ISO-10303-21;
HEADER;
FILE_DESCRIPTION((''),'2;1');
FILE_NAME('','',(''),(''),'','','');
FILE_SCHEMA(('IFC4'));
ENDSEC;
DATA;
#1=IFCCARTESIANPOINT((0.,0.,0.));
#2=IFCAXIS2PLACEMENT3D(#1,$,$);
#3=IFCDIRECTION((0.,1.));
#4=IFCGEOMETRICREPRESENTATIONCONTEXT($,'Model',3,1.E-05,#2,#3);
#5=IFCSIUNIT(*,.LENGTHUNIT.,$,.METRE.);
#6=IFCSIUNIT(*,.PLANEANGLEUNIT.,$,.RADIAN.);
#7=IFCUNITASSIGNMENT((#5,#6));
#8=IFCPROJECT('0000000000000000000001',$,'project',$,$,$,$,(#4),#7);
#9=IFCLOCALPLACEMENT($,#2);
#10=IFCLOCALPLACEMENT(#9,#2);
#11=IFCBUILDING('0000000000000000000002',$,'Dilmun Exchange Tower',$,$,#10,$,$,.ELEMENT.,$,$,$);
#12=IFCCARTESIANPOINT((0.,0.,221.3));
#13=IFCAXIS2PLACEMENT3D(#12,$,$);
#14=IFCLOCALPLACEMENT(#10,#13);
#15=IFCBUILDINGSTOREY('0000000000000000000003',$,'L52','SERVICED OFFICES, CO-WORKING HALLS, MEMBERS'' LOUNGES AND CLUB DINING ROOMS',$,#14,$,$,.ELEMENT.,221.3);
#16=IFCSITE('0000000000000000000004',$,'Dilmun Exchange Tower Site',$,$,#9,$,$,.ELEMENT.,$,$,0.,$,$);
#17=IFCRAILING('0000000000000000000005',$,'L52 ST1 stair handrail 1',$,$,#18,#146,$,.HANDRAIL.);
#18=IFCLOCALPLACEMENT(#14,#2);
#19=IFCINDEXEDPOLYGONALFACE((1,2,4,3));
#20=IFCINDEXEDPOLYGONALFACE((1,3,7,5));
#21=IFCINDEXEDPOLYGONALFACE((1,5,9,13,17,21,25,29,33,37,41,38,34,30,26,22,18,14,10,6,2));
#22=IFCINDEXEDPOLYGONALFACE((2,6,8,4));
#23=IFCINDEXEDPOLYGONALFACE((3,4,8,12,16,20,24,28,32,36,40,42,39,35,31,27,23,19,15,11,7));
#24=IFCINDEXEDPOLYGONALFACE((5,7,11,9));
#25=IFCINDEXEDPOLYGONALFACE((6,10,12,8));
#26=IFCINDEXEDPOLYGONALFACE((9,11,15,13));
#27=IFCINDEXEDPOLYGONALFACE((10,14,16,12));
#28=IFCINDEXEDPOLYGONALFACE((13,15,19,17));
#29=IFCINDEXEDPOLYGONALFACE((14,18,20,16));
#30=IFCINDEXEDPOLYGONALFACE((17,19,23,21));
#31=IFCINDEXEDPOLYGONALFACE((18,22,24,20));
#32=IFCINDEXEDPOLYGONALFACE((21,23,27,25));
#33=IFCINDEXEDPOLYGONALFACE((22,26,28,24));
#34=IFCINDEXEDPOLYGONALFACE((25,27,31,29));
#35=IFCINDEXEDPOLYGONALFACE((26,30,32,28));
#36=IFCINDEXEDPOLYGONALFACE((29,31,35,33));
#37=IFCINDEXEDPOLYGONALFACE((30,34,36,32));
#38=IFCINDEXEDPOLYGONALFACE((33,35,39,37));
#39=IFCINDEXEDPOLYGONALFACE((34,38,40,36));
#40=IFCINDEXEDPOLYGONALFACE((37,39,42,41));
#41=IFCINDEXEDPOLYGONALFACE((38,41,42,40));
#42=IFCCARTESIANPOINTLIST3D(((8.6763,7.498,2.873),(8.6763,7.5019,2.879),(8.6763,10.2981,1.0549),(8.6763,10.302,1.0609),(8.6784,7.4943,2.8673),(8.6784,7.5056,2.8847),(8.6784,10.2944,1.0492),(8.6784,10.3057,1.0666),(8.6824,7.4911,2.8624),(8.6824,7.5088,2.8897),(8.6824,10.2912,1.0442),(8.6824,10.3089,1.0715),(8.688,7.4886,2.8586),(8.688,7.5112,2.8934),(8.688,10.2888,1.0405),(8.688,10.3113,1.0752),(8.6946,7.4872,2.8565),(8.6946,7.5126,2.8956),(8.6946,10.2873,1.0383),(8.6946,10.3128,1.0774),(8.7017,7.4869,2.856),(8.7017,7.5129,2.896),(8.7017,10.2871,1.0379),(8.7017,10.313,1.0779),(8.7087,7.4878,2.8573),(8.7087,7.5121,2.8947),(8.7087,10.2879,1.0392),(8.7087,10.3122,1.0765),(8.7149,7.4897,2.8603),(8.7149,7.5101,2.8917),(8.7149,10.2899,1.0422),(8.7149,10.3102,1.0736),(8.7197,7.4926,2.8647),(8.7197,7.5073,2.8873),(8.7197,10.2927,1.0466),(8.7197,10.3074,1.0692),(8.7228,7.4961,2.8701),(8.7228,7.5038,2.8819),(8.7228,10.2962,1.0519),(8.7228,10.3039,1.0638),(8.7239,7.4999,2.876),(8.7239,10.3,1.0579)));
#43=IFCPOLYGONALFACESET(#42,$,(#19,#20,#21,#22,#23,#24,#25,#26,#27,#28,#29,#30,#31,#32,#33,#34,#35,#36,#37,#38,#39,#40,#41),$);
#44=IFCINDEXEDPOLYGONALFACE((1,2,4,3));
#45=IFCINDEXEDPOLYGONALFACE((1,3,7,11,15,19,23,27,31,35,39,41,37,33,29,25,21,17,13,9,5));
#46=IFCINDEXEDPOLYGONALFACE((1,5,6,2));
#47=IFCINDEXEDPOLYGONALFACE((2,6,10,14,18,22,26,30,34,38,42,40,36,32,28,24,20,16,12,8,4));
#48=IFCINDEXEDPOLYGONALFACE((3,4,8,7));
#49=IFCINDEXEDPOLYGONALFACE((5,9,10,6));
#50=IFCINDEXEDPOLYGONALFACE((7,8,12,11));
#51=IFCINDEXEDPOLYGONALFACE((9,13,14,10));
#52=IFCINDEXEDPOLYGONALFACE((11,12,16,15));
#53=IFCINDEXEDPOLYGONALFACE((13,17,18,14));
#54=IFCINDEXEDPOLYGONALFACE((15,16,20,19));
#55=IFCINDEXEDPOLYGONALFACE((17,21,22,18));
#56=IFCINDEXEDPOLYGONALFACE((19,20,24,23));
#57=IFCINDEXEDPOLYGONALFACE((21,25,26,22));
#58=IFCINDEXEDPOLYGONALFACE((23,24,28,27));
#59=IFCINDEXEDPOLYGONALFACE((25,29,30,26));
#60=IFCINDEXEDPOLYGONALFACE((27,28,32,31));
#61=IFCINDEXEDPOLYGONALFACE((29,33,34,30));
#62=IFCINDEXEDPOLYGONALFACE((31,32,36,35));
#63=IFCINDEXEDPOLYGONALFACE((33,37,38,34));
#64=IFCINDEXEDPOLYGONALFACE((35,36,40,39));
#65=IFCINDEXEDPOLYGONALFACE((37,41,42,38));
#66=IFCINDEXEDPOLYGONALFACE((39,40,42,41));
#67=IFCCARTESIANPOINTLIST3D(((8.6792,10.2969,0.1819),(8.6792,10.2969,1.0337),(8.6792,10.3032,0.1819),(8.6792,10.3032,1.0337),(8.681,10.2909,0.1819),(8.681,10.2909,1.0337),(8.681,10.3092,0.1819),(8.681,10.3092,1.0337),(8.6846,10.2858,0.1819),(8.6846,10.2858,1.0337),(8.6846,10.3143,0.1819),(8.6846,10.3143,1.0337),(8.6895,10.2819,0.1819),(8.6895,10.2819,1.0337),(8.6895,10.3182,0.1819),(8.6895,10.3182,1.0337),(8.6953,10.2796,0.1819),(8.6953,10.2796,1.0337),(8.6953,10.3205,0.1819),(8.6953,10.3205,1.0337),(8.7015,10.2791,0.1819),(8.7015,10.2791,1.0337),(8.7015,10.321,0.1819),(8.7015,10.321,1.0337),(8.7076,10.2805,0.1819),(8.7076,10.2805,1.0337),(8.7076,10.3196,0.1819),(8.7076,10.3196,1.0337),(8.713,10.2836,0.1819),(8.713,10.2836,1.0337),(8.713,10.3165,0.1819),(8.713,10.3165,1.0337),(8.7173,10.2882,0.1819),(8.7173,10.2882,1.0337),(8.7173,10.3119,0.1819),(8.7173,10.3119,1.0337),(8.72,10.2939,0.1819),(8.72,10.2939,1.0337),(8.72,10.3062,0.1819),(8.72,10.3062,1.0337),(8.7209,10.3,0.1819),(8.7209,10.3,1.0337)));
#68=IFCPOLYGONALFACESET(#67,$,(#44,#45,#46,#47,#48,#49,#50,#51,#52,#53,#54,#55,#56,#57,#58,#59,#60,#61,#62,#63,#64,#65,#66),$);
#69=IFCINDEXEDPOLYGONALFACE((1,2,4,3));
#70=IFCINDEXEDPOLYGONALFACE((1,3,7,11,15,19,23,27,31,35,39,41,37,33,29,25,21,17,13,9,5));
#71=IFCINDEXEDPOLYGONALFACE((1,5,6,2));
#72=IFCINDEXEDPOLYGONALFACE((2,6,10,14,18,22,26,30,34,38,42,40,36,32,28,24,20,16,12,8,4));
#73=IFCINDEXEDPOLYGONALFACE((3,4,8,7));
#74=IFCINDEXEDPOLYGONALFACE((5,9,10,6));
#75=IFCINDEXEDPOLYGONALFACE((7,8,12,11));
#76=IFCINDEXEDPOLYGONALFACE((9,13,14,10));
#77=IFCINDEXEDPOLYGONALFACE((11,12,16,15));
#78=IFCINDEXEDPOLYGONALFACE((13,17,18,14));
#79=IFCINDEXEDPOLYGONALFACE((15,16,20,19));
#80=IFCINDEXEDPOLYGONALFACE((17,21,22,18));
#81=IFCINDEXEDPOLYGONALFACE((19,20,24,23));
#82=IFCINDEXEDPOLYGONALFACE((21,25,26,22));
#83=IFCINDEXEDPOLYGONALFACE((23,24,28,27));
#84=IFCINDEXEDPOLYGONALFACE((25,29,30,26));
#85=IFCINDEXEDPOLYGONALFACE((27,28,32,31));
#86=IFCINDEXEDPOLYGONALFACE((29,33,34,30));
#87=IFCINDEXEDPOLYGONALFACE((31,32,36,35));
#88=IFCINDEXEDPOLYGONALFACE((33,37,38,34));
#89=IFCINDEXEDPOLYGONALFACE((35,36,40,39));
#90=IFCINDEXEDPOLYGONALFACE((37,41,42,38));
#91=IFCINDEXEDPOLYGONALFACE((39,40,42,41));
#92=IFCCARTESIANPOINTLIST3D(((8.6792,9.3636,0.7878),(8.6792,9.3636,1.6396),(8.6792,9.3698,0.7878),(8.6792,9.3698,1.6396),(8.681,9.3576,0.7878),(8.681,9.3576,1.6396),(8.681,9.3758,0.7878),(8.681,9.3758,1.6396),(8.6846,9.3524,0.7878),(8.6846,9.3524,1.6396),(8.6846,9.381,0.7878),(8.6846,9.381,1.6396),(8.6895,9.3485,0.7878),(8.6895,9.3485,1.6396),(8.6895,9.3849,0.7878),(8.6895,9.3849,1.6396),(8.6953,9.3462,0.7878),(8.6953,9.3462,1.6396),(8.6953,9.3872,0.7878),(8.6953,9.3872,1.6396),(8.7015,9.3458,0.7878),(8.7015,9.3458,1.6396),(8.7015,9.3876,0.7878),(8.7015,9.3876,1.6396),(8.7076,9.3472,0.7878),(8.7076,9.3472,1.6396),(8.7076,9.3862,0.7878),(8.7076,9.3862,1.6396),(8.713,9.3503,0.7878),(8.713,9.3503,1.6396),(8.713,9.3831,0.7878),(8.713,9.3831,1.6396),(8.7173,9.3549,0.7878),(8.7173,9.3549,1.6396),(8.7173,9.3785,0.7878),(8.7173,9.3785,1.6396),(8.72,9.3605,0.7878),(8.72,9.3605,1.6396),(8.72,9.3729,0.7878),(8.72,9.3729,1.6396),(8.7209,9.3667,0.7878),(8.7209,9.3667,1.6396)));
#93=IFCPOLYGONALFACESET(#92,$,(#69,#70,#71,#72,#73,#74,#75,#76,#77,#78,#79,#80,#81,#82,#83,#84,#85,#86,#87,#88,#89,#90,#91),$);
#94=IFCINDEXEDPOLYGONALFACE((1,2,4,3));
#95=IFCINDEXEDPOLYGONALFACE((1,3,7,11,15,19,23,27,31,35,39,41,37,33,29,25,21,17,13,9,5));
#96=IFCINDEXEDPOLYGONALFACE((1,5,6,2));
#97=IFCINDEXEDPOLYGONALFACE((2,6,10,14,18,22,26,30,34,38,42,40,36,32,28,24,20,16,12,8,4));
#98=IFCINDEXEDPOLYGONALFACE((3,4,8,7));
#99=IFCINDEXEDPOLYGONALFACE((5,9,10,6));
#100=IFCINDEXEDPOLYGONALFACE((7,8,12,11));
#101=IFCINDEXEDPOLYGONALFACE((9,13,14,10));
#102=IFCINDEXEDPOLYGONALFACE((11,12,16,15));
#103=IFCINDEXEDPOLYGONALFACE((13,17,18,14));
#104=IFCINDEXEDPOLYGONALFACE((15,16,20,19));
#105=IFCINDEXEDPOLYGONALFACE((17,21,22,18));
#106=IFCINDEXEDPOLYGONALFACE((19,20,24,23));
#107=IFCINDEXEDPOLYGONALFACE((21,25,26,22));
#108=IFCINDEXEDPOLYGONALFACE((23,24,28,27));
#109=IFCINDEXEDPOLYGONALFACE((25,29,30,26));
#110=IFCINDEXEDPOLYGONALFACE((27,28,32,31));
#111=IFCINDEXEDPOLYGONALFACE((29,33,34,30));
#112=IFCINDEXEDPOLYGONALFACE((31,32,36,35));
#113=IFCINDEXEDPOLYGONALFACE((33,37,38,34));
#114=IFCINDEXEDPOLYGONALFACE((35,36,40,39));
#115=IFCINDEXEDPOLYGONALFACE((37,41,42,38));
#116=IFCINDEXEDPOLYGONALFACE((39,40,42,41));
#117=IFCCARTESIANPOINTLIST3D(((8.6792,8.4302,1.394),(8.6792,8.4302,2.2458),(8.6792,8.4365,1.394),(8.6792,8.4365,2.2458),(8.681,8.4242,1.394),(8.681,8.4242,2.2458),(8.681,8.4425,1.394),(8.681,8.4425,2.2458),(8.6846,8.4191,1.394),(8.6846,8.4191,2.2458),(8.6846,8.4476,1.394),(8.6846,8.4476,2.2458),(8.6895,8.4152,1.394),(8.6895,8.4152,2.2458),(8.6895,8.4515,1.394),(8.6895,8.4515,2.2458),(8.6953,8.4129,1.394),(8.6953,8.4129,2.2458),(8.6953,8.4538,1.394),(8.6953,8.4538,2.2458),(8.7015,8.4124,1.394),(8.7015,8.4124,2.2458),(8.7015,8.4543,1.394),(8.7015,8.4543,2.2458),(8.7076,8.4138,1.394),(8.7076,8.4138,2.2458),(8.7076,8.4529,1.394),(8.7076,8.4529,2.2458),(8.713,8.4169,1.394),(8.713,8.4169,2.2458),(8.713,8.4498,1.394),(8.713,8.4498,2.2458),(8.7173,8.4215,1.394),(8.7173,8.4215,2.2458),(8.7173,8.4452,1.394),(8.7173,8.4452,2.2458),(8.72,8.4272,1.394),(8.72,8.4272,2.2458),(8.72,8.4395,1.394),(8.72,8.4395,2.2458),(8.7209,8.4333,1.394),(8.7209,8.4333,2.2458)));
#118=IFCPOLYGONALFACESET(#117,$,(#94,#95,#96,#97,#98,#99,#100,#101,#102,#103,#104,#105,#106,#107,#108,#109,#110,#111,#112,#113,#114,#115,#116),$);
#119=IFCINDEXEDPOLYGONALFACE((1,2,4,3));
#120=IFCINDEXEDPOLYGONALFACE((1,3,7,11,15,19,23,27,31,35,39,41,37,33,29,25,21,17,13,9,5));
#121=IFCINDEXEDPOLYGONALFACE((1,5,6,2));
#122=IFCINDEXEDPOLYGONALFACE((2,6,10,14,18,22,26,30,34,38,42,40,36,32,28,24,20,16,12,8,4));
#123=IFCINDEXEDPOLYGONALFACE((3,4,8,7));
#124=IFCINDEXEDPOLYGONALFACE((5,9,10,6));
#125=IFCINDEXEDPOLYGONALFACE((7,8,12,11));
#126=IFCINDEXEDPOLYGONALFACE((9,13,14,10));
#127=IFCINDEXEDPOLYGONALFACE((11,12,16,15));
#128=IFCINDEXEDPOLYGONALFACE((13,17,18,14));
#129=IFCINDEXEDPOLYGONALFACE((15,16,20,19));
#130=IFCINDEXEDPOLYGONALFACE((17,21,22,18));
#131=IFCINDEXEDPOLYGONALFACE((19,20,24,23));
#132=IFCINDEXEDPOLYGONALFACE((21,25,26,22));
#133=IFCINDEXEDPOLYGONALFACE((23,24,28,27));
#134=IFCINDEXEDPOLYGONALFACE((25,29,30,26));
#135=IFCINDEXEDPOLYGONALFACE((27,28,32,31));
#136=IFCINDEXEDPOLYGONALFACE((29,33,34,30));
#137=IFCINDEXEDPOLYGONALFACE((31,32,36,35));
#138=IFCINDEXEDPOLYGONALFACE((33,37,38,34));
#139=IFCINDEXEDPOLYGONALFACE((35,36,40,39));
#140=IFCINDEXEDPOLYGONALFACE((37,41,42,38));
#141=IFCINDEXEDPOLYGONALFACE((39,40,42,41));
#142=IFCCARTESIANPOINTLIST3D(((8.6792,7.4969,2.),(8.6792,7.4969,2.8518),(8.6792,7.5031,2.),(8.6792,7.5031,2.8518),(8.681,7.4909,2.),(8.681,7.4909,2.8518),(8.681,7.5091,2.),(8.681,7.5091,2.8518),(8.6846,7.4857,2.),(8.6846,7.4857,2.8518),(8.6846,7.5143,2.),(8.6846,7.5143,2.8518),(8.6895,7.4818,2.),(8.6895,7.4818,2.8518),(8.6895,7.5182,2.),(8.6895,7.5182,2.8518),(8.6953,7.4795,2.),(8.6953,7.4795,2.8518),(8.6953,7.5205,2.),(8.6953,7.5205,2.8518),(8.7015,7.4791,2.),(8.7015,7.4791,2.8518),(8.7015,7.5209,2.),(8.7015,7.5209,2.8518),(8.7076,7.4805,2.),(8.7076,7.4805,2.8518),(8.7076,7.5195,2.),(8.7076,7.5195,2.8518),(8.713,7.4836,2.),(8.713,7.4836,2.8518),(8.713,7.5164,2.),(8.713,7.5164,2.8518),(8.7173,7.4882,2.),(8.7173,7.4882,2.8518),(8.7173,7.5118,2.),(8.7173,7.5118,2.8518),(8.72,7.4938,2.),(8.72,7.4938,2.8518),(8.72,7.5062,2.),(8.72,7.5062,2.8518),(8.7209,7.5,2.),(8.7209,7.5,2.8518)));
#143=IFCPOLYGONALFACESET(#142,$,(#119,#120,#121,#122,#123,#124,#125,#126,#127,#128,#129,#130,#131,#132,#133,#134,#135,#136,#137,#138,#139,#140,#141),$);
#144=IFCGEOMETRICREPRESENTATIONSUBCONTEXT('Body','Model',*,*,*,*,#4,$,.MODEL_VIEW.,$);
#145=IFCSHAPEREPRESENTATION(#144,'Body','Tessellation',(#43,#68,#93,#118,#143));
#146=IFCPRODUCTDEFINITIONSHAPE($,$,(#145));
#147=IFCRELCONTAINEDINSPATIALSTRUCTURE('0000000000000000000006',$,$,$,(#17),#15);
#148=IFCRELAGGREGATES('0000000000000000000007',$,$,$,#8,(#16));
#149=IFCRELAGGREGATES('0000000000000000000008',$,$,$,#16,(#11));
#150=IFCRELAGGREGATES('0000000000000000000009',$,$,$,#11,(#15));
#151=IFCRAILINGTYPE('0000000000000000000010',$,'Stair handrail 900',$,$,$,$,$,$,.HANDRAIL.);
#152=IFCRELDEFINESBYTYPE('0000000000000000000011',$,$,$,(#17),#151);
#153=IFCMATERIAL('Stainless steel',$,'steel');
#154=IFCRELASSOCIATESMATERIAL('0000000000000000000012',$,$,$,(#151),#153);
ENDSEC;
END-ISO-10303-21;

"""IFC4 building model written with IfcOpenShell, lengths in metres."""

from ifc_helpers import new_model, si_unit, direction, frame, origin, origin_2d, place, context, subcontext, project, spatial, circle, extrude, material, type_object, element, save


model = new_model("IFC4")

# Units and contexts
model_context = context("Model", 3, precision=1e-05, world=origin(), true_north=direction((0.0, 1.0)))
body_context = subcontext(model_context, "Body", "Model", "MODEL_VIEW")
ifc_project = project(units=[si_unit("LENGTHUNIT", "METRE"), si_unit("PLANEANGLEUNIT", "RADIAN")], contexts=[model_context])

# Site, building, storey
site_placement = place(None, origin())
site = spatial("IfcSite", under=ifc_project, at=site_placement, Name="Dilmun Exchange Tower Site", CompositionType="ELEMENT", RefElevation=0.0)
building_placement = place(site_placement, origin())
building = spatial("IfcBuilding", under=site, at=building_placement, Name="Dilmun Exchange Tower", CompositionType="ELEMENT")
storey_placement = place(building_placement, frame((0.0, 0.0, 221.3)))
storey = spatial("IfcBuildingStorey", under=building, at=storey_placement, Name="L52", Description="SERVICED OFFICES, CO-WORKING HALLS, MEMBERS' LOUNGES AND CLUB DINING ROOMS", CompositionType="ELEMENT", Elevation=221.3)

# Railing
ifc_material_1 = material(Name="Stainless steel", Category="steel")
railing_type = type_object("IfcRailingType", Name="Stair handrail 900", PredefinedType="HANDRAIL", material=ifc_material_1)
railing_1_placement = place(storey_placement, frame((8.7, 10.3, 0.1819)))
element("IfcRailing", 1, at=railing_1_placement, inside=storey, type_object=railing_type, Name="L52 ST1 stair handrail 1", PredefinedType="HANDRAIL", context=body_context, shape_type="SweptSolid", body=[
    extrude(circle(Radius=0.0239, at=origin_2d()), frame((0.0, 0.0, 0.876), z_axis=(0.0, -0.838706, 0.544585), x_axis=(1.0, 0.0, 0.0)), (0.0, 0.0, 1.0), 3.3386),
    extrude(circle(Radius=0.021, at=origin_2d()), origin(), (0.0, 0.0, 1.0), 0.8518),
    extrude(circle(Radius=0.021, at=origin_2d()), frame((0.0, -0.9333, 0.606)), (0.0, 0.0, 1.0), 0.8518),
    extrude(circle(Radius=0.021, at=origin_2d()), frame((0.0, -1.8667, 1.2122)), (0.0, 0.0, 1.0), 0.8518),
    extrude(circle(Radius=0.021, at=origin_2d()), frame((0.0, -2.8, 1.8181)), (0.0, 0.0, 1.0), 0.8518),
])

save(model, "model.ifc")
